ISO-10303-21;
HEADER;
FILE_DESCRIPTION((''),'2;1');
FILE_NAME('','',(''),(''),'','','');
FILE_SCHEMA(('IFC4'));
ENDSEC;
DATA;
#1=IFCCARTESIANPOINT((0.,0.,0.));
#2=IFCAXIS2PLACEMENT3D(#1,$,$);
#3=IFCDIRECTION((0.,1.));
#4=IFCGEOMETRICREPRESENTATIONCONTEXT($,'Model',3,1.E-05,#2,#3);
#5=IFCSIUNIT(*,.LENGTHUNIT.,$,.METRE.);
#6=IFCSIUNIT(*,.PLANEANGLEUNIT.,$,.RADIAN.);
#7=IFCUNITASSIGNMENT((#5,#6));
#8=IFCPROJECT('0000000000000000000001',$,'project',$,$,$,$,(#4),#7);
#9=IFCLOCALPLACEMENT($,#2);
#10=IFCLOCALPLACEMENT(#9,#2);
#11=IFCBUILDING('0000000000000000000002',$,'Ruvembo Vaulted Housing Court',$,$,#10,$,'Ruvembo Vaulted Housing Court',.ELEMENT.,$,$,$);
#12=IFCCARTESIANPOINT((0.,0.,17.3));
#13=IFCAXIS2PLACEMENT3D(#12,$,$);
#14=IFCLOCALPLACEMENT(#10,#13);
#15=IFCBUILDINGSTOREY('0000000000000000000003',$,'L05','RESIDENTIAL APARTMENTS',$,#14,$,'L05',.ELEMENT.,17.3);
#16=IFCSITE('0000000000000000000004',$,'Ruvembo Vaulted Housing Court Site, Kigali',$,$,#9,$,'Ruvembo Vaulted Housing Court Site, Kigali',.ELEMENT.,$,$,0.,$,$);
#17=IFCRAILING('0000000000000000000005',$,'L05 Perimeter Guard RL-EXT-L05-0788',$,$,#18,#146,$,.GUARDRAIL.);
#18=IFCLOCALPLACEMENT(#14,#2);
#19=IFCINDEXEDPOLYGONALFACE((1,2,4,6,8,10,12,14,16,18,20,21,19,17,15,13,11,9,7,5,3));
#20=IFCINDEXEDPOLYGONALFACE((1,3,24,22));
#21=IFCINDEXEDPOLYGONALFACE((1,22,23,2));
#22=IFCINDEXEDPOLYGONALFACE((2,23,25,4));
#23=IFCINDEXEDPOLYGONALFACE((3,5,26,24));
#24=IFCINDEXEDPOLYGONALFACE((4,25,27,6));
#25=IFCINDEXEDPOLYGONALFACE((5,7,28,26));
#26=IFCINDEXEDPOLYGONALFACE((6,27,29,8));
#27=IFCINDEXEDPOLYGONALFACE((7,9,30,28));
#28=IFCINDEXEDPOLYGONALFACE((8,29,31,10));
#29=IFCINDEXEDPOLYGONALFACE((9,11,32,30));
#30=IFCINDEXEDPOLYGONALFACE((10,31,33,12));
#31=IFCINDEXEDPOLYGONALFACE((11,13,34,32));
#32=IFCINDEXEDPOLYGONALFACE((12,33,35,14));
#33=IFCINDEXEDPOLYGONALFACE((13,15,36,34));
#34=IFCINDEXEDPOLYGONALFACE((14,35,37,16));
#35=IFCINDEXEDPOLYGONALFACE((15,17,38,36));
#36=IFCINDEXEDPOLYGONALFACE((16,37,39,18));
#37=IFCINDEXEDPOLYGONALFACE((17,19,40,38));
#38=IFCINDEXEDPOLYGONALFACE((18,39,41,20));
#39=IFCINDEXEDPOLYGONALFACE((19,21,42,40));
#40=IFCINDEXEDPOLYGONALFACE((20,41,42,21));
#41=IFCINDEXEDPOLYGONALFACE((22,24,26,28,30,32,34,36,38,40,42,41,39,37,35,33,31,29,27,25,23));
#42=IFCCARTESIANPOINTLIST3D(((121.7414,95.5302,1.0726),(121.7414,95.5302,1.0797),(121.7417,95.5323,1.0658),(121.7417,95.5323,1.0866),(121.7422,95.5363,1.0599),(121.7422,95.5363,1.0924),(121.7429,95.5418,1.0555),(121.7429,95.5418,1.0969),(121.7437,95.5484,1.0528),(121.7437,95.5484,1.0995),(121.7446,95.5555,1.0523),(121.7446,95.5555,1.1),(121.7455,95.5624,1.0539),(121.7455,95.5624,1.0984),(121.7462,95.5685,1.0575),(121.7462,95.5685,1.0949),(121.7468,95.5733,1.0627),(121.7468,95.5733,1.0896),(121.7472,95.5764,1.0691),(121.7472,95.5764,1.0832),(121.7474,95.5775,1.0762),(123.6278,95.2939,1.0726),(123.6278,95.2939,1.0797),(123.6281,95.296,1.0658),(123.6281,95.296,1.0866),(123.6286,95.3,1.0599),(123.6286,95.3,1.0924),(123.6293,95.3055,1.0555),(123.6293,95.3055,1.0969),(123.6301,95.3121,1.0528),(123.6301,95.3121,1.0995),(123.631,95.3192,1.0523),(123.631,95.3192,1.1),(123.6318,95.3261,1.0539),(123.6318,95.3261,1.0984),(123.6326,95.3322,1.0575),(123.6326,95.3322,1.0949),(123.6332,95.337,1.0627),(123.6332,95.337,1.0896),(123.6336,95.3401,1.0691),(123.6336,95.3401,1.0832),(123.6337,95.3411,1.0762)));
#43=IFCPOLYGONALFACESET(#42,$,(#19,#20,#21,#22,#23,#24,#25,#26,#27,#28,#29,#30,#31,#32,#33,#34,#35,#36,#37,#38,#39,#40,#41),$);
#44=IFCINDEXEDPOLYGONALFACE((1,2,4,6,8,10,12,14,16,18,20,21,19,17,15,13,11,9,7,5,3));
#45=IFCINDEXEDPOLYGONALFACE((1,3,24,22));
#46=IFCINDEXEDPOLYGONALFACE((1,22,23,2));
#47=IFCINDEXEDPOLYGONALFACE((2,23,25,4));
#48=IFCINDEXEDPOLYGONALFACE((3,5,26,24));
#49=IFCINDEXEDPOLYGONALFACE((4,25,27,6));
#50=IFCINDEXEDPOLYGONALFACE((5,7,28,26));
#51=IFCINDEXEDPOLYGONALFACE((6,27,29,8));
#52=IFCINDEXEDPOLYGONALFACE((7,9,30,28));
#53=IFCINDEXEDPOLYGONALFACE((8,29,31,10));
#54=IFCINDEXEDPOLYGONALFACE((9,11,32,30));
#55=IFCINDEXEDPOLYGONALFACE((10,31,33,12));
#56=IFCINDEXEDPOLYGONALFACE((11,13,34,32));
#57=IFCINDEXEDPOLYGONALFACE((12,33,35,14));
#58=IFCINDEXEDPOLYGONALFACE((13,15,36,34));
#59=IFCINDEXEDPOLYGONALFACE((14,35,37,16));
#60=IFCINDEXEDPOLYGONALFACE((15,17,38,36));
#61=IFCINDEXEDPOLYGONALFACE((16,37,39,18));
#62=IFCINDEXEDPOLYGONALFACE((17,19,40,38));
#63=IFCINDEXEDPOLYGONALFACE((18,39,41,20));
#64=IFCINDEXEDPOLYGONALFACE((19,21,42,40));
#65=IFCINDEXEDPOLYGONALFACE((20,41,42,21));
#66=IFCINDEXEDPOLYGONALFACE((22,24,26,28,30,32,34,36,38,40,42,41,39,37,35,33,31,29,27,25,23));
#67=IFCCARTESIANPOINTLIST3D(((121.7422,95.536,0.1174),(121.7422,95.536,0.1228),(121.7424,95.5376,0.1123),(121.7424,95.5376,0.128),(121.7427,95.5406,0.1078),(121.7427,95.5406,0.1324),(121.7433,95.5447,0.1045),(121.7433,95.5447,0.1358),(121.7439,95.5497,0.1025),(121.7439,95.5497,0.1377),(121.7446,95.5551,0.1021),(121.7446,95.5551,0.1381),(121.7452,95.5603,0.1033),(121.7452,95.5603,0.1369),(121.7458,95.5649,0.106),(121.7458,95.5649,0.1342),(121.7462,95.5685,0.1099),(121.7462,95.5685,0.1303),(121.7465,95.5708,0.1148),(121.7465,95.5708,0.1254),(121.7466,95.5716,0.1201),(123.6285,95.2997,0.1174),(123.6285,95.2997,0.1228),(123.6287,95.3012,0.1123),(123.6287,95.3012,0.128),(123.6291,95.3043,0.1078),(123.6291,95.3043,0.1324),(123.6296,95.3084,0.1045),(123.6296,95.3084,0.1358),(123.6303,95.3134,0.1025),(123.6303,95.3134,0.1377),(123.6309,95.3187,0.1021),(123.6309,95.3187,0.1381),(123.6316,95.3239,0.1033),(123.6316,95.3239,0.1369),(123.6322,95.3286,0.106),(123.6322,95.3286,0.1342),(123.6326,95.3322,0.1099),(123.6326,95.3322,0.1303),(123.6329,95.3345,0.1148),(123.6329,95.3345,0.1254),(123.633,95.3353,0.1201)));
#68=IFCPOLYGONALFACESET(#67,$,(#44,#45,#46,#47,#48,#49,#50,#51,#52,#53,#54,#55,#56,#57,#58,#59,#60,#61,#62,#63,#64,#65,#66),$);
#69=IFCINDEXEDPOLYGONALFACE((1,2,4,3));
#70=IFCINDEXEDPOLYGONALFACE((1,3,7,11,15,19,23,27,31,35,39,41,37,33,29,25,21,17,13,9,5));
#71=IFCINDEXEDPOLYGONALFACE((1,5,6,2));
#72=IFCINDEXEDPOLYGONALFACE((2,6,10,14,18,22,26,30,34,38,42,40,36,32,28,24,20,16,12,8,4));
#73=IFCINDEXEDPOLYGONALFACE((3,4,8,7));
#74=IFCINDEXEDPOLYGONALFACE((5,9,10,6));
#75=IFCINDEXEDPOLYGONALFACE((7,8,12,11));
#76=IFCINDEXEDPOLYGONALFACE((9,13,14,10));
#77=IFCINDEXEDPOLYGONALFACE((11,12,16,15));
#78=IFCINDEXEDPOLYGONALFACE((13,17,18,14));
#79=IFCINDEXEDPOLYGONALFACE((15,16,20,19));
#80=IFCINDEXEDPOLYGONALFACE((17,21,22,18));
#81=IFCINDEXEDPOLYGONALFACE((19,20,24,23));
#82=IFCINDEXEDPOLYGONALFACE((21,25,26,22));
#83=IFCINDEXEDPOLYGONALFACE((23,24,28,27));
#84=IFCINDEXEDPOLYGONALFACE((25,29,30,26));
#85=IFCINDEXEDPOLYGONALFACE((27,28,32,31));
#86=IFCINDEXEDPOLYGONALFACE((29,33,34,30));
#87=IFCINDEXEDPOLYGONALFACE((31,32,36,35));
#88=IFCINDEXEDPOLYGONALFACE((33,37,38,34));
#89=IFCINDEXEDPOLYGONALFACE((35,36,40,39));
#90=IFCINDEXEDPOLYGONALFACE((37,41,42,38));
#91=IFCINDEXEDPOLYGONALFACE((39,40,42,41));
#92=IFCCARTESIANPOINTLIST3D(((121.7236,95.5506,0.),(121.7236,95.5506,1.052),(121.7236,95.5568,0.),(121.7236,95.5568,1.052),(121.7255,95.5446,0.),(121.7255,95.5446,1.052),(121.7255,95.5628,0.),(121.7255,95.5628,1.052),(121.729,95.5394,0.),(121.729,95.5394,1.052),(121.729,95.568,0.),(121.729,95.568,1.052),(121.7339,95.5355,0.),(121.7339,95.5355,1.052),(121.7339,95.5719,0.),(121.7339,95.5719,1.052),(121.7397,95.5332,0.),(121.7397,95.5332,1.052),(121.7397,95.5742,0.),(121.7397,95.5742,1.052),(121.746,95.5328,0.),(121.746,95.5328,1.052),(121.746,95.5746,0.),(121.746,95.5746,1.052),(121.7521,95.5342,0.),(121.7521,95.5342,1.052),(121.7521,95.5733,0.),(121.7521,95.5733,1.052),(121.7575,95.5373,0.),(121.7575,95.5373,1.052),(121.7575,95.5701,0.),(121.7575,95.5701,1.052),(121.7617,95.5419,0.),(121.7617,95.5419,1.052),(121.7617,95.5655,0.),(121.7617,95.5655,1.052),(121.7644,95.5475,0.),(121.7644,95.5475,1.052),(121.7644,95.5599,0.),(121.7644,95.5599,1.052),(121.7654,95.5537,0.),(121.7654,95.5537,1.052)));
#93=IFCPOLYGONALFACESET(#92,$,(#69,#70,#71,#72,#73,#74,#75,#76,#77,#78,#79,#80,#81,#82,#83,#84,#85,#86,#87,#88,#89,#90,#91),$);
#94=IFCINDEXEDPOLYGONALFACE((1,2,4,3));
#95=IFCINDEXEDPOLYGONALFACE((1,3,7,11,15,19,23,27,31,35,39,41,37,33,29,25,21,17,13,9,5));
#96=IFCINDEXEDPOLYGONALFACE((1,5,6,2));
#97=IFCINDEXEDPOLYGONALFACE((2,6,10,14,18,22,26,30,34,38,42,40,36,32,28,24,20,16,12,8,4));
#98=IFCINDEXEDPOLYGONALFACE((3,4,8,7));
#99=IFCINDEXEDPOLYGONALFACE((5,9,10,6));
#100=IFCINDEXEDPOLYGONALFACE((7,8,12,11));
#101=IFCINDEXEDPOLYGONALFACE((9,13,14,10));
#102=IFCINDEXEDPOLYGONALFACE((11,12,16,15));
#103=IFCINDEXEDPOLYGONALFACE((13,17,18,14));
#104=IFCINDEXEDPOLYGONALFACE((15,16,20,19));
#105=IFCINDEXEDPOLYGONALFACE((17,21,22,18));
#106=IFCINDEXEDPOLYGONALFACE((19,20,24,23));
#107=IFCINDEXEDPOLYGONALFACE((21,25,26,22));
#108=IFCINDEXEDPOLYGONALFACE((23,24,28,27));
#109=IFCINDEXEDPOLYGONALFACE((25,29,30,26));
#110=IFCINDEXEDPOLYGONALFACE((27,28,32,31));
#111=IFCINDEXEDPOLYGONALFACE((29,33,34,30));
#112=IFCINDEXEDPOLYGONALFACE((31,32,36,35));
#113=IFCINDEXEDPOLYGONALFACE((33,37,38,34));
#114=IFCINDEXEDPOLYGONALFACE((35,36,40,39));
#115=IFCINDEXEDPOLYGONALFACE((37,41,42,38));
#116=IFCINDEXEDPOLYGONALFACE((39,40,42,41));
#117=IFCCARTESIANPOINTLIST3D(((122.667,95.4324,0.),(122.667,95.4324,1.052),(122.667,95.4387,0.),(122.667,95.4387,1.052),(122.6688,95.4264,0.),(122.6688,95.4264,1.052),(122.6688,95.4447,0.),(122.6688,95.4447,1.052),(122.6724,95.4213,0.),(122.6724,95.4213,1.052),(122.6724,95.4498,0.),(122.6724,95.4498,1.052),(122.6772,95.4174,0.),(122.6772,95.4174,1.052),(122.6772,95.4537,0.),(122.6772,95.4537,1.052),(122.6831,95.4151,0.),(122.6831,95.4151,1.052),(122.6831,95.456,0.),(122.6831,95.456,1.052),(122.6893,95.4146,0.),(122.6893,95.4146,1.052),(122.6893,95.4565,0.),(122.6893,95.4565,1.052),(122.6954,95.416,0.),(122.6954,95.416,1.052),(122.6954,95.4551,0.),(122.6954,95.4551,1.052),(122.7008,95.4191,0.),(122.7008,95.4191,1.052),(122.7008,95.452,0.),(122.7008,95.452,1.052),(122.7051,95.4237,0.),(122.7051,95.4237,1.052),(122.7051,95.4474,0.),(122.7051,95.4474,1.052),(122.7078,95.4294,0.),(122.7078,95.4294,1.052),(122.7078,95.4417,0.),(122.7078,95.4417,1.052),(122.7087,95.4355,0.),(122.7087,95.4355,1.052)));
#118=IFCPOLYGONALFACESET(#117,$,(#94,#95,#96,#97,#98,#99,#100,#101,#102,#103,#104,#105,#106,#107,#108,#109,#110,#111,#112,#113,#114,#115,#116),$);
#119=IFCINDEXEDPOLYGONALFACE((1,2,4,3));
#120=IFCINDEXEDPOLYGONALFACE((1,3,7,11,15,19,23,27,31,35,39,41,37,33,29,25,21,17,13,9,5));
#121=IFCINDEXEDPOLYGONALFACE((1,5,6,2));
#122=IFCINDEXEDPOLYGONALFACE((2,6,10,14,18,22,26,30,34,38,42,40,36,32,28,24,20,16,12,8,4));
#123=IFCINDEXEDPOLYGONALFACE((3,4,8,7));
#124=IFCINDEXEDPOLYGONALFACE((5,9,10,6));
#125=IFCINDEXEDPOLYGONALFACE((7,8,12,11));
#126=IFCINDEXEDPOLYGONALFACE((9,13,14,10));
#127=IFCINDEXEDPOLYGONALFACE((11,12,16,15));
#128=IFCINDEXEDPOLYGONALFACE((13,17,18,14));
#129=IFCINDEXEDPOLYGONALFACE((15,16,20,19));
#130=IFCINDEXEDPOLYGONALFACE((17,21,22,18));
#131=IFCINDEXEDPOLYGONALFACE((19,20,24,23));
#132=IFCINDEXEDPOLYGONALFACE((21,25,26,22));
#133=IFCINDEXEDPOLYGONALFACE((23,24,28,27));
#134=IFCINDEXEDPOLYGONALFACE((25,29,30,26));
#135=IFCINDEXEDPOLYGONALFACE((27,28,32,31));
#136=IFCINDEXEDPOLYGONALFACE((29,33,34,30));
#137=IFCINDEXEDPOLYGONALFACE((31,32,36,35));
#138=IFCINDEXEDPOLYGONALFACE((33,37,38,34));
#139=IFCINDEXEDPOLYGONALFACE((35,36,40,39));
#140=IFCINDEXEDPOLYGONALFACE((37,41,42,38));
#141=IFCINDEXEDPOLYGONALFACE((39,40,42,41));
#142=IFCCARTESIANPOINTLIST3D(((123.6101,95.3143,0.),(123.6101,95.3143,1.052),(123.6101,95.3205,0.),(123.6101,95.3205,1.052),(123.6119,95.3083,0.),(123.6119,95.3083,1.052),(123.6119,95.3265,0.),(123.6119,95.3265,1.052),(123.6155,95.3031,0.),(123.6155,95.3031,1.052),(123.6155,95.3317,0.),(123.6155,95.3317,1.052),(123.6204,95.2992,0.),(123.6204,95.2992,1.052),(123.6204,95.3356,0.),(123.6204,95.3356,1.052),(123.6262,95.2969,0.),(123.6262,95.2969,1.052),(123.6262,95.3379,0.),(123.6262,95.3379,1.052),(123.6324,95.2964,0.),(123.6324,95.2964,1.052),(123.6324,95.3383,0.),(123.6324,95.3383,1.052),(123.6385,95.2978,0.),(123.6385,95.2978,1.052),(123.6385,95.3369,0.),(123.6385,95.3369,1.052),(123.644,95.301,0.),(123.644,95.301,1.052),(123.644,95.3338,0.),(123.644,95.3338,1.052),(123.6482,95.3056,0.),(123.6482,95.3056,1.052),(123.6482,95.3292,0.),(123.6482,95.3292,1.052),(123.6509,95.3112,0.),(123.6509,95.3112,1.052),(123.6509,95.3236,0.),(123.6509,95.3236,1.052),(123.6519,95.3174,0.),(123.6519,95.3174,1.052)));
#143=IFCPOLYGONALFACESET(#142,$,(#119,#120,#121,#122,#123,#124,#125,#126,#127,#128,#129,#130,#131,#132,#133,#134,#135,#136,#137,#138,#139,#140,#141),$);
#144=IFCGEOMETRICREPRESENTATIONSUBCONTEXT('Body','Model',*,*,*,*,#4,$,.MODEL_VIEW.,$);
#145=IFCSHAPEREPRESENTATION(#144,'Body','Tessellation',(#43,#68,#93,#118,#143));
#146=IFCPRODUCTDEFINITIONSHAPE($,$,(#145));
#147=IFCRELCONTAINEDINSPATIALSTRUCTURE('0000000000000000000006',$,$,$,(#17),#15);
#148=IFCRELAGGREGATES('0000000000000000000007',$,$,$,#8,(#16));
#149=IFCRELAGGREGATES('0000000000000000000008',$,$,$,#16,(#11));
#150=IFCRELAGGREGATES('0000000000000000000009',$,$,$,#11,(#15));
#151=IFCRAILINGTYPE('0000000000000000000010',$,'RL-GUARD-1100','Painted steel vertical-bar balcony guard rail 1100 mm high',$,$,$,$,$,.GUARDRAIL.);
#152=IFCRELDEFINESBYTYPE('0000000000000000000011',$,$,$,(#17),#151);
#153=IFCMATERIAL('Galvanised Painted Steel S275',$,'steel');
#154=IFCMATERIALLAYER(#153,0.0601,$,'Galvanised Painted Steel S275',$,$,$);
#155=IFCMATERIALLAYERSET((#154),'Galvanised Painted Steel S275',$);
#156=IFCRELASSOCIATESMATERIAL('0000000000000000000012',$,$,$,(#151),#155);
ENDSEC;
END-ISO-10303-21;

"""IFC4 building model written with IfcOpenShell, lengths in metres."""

from ifc_helpers import new_model, si_unit, direction, frame, origin, origin_2d, place, context, subcontext, project, spatial, circle, extrude, material, layer, layer_set, type_object, element, save


model = new_model("IFC4")

# Units and contexts
model_context = context("Model", 3, precision=1e-05, world=origin(), true_north=direction((0.0, 1.0)))
body_context = subcontext(model_context, "Body", "Model", "MODEL_VIEW")
ifc_project = project(units=[si_unit("LENGTHUNIT", "METRE"), si_unit("PLANEANGLEUNIT", "RADIAN")], contexts=[model_context])

# Site, building, storey
site_placement = place(None, origin())
site = spatial("IfcSite", under=ifc_project, at=site_placement, Name="Ruvembo Vaulted Housing Court Site, Kigali", LongName="Ruvembo Vaulted Housing Court Site, Kigali", CompositionType="ELEMENT", RefElevation=0.0)
building_placement = place(site_placement, origin())
building = spatial("IfcBuilding", under=site, at=building_placement, Name="Ruvembo Vaulted Housing Court", LongName="Ruvembo Vaulted Housing Court", CompositionType="ELEMENT")
storey_placement = place(building_placement, frame((0.0, 0.0, 17.3)))
storey = spatial("IfcBuildingStorey", under=building, at=storey_placement, Name="L05", Description="RESIDENTIAL APARTMENTS", LongName="L05", CompositionType="ELEMENT", Elevation=17.3)

# Railing
ifc_material_1 = material(Name="Galvanised Painted Steel S275", Category="steel")
ifc_layer = layer(ifc_material_1, 0.0601, Name="Galvanised Painted Steel S275")
ifc_layer_set = layer_set([ifc_layer], Name="Galvanised Painted Steel S275")
railing_type = type_object("IfcRailingType", Name="RL-GUARD-1100", Description="Painted steel vertical-bar balcony guard rail 1100 mm high", PredefinedType="GUARDRAIL", material=ifc_layer_set)
railing_1_placement = place(storey_placement, frame((121.7444, 95.5537, 0.0)))
element("IfcRailing", 1, at=railing_1_placement, inside=storey, type_object=railing_type, Name="L05 Perimeter Guard RL-EXT-L05-0788", PredefinedType="GUARDRAIL", context=body_context, shape_type="SweptSolid", body=[
    extrude(circle(Radius=0.0239, at=origin_2d()), frame((0.0, 0.0, 1.0762), z_axis=(0.992244, -0.124303, 0.0), x_axis=(0.124303, 0.992244, 0.0)), (0.0, 0.0, 1.0), 1.9011),
    extrude(circle(Radius=0.0181, at=origin_2d()), frame((0.0, 0.0, 0.1201), z_axis=(0.992244, -0.124303, 0.0), x_axis=(0.124303, 0.992244, 0.0)), (0.0, 0.0, 1.0), 1.9011),
    extrude(circle(Radius=0.021, at=origin_2d()), origin(), (0.0, 0.0, 1.0), 1.052),
    extrude(circle(Radius=0.021, at=origin_2d()), frame((0.9434, -0.1182, 0.0)), (0.0, 0.0, 1.0), 1.052),
    extrude(circle(Radius=0.021, at=origin_2d()), frame((1.8865, -0.2363, 0.0)), (0.0, 0.0, 1.0), 1.052),
])

save(model, "model.ifc")
